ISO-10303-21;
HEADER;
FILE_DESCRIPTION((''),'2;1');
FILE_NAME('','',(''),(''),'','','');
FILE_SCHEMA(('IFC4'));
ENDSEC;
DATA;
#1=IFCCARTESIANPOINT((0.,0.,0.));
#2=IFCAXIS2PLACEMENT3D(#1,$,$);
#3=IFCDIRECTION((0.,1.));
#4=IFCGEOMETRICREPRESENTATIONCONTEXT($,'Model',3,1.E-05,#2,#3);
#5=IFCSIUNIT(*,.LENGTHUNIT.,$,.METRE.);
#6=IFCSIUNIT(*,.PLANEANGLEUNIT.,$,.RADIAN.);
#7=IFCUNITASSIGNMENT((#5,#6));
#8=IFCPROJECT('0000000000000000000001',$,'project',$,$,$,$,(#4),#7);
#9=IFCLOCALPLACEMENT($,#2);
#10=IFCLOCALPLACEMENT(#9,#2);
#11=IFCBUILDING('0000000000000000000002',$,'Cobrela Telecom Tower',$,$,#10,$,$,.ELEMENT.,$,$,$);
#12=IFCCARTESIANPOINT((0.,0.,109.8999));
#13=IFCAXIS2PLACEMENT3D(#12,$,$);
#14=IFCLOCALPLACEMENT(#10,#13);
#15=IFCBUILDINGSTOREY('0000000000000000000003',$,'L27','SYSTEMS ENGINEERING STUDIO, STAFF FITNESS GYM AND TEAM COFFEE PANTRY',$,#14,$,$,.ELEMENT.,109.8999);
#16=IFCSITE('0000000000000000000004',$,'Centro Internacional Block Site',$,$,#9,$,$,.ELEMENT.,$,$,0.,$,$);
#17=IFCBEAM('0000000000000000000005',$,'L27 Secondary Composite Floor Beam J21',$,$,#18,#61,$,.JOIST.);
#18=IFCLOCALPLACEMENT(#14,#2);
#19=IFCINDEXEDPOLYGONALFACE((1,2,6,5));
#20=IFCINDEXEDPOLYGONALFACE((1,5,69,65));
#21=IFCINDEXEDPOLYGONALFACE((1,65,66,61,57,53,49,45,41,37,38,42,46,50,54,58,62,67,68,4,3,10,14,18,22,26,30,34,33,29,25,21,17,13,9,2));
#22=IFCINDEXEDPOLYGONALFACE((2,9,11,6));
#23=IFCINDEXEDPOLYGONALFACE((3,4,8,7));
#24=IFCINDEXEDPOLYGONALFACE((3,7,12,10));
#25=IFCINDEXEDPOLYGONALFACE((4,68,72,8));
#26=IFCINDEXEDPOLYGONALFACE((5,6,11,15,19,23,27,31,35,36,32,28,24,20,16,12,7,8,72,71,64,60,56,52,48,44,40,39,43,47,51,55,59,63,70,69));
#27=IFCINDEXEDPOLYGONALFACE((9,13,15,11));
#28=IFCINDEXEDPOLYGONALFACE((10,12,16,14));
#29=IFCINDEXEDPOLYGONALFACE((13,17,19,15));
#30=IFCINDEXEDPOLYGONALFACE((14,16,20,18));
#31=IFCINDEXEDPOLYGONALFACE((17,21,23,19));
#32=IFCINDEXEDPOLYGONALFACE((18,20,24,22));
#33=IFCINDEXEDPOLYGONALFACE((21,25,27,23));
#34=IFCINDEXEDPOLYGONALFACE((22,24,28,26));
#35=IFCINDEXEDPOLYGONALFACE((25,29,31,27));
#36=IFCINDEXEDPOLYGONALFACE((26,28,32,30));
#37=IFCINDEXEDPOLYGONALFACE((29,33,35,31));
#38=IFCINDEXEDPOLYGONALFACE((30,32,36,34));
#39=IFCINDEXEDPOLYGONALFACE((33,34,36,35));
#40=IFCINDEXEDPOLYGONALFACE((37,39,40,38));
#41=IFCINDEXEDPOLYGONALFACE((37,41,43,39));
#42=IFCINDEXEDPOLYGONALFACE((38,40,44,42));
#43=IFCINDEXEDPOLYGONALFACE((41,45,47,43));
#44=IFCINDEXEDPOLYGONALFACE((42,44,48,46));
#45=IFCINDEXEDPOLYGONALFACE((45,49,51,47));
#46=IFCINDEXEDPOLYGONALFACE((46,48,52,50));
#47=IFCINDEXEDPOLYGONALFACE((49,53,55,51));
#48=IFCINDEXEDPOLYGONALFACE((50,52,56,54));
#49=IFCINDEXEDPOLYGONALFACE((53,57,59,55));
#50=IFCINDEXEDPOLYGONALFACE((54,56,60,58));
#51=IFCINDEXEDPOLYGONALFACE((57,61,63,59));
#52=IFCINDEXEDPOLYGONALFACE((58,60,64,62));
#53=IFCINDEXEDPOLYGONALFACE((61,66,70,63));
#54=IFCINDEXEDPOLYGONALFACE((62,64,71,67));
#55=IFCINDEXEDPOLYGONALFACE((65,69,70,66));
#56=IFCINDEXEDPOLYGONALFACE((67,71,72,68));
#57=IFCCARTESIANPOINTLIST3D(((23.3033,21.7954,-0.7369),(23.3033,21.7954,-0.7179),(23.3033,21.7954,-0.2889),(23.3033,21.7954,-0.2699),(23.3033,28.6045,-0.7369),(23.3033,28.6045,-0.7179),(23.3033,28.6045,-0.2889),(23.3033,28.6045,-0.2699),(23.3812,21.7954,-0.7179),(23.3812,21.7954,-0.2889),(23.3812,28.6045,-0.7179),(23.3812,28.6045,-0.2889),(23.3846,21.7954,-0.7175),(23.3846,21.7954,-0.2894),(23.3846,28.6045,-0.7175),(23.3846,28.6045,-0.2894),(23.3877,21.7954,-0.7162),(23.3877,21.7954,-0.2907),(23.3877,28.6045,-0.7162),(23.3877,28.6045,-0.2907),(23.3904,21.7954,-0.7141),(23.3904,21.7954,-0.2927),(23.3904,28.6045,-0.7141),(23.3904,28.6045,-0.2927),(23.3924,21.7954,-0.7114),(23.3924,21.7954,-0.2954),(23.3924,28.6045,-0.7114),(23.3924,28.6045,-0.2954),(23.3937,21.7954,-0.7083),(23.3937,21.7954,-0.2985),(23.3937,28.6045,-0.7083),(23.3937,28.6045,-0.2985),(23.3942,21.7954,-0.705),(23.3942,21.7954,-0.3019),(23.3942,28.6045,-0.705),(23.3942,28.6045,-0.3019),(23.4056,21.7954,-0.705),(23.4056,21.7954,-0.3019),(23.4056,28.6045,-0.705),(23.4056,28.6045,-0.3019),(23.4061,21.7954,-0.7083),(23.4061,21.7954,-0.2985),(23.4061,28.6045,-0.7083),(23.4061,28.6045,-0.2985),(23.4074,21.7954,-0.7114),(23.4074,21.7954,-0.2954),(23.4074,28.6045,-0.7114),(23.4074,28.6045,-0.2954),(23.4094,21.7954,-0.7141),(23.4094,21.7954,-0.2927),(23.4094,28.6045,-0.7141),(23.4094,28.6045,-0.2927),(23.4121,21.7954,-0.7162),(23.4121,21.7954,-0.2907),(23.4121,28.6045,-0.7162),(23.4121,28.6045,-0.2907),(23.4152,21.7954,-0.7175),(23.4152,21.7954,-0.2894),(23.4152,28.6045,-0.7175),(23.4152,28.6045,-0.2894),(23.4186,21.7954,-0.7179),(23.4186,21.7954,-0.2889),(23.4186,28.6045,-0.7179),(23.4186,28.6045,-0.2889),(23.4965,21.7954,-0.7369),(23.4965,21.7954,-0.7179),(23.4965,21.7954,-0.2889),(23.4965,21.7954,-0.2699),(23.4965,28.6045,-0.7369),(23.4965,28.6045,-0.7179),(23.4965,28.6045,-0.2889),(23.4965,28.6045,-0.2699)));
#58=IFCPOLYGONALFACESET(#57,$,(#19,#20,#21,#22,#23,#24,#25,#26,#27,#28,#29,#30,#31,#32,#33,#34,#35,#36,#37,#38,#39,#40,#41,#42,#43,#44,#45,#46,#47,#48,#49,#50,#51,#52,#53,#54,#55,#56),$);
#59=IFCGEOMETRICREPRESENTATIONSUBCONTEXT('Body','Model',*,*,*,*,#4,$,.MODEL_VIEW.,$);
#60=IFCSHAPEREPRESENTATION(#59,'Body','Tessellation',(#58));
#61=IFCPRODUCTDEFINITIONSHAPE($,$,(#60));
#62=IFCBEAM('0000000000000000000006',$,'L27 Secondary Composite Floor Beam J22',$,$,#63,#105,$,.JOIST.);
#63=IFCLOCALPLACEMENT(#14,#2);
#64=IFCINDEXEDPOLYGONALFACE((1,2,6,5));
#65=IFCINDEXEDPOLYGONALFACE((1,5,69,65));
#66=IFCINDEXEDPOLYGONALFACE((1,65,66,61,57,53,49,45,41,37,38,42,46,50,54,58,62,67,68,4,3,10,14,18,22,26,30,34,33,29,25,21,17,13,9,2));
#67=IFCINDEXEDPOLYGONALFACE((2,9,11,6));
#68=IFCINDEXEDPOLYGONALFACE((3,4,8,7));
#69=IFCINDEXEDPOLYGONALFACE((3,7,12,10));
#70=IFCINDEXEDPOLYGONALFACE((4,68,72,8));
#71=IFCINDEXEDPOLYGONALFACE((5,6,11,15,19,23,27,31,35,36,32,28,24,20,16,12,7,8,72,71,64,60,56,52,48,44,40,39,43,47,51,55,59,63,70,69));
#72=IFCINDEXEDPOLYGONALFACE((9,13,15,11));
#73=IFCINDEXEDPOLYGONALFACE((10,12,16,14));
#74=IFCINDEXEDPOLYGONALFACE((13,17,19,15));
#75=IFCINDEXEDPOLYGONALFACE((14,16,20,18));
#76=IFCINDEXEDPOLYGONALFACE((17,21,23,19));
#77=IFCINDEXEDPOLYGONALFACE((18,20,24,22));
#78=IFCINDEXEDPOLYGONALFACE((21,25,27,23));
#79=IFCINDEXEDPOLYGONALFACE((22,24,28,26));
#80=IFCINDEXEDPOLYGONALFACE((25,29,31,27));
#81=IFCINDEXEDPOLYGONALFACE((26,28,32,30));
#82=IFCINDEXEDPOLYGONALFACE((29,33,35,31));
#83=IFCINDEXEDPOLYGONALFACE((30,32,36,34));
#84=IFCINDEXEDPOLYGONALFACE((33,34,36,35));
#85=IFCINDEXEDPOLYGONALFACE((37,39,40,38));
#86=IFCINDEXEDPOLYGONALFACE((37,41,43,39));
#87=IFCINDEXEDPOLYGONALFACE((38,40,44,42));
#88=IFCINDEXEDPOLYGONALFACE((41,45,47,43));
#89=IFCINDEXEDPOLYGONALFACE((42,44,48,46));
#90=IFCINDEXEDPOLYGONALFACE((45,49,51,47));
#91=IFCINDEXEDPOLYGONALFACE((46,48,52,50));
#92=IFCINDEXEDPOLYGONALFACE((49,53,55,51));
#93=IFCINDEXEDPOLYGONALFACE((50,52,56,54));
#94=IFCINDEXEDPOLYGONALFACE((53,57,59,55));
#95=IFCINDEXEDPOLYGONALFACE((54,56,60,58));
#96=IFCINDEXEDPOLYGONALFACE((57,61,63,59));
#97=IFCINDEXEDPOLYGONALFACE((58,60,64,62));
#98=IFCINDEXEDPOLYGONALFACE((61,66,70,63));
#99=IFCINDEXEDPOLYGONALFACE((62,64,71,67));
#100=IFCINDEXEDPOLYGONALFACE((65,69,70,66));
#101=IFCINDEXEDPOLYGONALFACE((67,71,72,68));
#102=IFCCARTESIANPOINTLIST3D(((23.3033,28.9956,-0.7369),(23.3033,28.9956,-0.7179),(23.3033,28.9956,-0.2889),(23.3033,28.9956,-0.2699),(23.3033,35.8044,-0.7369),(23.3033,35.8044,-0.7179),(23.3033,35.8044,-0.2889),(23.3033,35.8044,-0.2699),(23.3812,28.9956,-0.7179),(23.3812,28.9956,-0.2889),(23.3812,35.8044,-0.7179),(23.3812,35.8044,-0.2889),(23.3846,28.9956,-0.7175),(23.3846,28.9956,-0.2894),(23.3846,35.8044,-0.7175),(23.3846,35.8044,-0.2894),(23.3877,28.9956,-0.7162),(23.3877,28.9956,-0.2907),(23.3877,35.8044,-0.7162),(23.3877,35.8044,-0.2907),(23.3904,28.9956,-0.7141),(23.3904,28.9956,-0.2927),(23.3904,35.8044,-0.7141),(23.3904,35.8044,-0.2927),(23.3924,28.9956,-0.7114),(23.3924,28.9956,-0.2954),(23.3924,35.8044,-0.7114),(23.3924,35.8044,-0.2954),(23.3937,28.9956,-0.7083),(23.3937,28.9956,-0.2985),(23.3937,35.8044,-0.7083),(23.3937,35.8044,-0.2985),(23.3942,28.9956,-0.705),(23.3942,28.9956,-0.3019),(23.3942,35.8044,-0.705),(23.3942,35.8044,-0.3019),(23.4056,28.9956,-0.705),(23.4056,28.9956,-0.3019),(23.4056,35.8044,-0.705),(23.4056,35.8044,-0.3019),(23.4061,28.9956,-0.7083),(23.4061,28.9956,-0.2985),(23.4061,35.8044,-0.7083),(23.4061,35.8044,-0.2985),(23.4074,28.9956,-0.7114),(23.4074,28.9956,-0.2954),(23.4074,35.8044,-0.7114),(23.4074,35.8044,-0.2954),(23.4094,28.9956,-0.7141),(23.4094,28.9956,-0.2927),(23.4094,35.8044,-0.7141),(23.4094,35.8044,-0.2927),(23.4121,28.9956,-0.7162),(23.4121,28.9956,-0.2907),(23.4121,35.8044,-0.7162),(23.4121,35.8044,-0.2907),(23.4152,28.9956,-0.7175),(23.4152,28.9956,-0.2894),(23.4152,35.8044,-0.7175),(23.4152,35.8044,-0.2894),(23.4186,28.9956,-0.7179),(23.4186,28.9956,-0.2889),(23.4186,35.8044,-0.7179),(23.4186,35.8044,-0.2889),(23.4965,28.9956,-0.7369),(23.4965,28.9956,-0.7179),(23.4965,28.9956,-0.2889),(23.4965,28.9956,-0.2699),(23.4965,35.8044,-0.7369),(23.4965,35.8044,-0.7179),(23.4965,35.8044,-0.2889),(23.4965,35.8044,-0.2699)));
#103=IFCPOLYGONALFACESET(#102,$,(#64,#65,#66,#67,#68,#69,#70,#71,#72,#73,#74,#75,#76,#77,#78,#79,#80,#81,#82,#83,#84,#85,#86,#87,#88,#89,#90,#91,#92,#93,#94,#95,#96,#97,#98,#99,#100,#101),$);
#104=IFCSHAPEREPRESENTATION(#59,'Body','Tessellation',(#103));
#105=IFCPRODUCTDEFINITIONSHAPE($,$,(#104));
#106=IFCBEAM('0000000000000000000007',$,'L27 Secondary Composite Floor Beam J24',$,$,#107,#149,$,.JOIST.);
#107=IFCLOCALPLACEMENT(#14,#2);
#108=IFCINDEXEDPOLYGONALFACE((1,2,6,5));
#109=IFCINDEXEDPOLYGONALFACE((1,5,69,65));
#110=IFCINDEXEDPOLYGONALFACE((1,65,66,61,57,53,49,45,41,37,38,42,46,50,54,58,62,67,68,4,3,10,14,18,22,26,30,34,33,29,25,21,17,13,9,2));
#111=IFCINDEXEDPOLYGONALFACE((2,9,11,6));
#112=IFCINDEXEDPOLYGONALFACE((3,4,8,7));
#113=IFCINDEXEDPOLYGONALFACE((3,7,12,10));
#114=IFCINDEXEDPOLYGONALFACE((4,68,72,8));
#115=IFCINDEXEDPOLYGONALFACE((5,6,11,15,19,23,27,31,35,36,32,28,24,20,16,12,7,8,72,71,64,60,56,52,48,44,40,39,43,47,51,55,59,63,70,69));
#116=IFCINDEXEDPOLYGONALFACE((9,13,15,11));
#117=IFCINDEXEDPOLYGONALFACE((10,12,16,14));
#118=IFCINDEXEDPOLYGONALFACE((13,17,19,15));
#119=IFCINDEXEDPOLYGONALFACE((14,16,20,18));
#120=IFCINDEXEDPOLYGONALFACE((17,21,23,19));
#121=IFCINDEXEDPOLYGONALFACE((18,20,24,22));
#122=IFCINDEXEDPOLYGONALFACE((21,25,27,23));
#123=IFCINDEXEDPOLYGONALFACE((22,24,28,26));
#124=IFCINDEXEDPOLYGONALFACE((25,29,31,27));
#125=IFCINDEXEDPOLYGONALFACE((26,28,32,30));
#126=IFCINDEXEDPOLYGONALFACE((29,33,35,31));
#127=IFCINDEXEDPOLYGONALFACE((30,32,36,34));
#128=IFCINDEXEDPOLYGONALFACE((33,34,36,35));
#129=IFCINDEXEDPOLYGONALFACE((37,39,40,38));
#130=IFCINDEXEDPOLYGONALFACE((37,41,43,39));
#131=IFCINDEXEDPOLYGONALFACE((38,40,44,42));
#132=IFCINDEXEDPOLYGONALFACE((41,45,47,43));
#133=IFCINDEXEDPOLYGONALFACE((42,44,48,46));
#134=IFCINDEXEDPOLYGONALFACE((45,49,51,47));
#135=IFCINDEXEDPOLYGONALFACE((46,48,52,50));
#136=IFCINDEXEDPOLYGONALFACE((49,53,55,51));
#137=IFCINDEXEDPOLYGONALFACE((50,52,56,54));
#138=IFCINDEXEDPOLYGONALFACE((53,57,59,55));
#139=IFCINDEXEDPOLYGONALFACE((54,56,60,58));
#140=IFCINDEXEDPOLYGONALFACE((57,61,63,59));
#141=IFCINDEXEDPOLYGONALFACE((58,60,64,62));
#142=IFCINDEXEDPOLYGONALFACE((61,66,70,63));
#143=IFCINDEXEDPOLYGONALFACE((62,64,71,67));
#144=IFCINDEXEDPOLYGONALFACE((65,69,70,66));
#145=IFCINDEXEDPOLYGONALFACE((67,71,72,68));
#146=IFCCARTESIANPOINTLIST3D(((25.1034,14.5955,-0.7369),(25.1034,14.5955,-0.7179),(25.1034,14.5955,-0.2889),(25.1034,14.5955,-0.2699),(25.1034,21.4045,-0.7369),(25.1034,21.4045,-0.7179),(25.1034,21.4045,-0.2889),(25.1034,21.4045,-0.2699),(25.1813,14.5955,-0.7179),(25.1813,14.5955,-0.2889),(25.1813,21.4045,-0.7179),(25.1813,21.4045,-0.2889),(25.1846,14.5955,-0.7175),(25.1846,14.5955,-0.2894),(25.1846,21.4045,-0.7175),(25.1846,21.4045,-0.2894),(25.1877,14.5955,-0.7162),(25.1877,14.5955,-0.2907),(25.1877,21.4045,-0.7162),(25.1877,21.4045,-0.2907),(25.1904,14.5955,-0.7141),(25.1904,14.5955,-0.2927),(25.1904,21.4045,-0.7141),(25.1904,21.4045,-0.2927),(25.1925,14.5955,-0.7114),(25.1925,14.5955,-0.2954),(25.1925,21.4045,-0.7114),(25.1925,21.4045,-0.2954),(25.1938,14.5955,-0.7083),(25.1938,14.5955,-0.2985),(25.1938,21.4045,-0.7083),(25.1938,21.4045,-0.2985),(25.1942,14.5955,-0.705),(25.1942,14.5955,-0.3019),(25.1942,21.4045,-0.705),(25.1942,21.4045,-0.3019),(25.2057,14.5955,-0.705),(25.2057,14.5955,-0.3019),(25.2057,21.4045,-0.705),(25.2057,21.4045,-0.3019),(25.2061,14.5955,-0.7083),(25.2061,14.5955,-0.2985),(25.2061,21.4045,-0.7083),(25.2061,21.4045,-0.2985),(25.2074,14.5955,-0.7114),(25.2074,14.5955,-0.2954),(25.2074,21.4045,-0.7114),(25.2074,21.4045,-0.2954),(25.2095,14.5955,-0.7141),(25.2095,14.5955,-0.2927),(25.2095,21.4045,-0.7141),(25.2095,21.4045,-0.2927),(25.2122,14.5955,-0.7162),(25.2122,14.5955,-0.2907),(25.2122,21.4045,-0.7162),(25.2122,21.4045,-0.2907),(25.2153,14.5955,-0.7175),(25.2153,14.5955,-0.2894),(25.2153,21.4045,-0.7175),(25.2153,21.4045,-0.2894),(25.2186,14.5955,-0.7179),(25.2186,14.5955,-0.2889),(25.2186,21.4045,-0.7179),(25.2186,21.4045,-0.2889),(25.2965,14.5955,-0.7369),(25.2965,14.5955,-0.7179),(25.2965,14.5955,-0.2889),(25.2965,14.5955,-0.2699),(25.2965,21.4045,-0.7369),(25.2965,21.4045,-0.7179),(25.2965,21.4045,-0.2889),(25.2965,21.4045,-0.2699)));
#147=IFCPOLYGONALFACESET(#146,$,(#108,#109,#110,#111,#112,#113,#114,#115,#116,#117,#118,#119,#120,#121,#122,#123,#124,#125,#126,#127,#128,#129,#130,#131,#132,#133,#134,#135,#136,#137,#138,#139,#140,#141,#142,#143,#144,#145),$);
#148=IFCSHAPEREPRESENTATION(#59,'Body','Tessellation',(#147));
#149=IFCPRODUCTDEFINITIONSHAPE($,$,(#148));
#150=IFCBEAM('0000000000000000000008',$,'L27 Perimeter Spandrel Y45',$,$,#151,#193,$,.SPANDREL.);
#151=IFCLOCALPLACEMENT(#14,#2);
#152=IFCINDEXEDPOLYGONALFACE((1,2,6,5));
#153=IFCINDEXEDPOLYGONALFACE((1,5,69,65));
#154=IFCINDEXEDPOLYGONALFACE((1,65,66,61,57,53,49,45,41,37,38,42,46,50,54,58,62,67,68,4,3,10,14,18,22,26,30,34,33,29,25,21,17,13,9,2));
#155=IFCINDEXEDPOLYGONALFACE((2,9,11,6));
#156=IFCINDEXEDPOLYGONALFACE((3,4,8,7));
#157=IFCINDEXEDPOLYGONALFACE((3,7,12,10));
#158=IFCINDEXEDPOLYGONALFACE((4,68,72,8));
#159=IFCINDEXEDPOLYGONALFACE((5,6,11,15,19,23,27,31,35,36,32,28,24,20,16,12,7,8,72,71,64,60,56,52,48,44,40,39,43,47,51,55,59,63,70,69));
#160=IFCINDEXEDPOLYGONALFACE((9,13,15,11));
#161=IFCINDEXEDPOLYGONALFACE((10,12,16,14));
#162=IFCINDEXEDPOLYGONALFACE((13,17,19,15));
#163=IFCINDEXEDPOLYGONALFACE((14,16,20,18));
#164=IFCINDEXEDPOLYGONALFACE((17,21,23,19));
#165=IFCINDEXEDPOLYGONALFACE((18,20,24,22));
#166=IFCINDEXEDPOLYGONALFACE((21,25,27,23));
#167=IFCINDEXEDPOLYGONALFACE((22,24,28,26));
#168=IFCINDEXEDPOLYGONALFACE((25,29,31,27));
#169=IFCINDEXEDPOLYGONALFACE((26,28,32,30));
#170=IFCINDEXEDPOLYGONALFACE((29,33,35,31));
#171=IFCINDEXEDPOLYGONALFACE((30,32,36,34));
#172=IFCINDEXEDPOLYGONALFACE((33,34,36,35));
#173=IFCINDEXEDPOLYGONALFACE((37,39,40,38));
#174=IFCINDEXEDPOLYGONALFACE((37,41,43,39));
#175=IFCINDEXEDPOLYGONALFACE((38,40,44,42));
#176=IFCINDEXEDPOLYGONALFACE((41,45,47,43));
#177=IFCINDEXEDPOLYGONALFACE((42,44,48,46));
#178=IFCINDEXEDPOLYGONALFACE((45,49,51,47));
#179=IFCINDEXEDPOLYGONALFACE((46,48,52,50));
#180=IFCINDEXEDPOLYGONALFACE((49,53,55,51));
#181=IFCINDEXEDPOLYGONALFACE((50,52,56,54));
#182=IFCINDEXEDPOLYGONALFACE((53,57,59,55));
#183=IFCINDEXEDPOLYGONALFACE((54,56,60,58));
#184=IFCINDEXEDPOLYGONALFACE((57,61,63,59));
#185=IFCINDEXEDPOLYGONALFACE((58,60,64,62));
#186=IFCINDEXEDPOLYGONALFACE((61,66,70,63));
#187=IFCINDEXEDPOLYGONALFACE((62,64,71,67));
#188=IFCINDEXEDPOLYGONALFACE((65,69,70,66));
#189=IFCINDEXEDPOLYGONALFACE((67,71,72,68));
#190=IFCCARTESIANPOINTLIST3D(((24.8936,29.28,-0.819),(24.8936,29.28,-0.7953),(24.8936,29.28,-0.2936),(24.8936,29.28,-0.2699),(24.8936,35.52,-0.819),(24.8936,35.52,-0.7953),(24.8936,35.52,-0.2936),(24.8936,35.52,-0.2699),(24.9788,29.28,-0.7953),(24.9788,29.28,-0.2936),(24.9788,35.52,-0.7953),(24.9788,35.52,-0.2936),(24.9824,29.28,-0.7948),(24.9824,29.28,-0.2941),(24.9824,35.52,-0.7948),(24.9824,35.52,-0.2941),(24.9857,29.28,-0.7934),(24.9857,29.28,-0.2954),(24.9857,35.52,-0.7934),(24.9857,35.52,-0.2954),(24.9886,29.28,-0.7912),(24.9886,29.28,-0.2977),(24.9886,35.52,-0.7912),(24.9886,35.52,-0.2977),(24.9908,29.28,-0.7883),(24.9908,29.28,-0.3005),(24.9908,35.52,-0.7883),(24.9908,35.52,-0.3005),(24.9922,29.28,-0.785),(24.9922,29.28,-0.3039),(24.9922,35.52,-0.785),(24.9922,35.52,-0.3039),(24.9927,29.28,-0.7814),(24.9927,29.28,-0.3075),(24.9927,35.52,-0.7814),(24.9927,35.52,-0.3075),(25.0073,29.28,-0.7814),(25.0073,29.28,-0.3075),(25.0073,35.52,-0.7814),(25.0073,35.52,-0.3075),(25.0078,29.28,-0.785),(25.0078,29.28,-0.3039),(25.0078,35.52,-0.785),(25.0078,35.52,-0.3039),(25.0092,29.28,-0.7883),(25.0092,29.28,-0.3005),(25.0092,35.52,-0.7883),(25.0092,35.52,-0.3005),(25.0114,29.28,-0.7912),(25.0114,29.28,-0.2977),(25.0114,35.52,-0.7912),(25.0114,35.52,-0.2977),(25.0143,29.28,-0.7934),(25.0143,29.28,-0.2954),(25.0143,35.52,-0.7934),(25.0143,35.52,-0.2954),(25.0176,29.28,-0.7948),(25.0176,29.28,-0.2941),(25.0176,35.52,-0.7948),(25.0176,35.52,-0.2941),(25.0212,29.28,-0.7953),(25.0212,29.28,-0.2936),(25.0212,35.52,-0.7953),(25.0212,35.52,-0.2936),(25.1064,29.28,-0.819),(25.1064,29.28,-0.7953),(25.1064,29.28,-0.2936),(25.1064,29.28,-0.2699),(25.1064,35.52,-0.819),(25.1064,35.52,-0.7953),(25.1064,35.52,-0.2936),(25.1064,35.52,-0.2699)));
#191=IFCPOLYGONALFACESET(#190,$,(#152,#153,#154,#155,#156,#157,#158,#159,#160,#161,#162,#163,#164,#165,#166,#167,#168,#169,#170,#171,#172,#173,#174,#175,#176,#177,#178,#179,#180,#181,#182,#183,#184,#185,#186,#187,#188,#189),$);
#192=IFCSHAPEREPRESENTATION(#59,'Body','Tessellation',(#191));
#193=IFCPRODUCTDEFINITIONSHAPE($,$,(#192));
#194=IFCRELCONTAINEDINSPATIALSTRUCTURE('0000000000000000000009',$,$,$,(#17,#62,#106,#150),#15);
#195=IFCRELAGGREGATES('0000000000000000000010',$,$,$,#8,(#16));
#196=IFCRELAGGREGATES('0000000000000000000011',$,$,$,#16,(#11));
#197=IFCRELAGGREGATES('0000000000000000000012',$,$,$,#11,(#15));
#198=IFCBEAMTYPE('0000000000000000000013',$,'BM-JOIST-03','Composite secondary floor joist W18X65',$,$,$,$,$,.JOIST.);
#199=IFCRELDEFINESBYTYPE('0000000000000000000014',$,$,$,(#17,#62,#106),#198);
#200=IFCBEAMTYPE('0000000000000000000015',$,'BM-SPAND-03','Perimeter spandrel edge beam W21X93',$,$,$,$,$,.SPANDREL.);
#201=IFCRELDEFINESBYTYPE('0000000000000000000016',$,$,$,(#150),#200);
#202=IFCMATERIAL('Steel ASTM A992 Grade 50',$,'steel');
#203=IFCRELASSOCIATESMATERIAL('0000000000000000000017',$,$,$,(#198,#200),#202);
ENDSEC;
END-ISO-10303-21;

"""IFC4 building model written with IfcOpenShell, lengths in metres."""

from ifc_helpers import new_model, si_unit, direction, frame, origin, origin_2d, place, context, subcontext, project, spatial, i_section, extrude, material, material_profile, profile_set, type_object, element, save


model = new_model("IFC4")

# Units and contexts
model_context = context("Model", 3, precision=1e-05, world=origin(), true_north=direction((0.0, 1.0)))
body_context = subcontext(model_context, "Body", "Model", "MODEL_VIEW")
ifc_project = project(units=[si_unit("LENGTHUNIT", "METRE"), si_unit("PLANEANGLEUNIT", "RADIAN")], contexts=[model_context])

# Site, building, storey
site_placement = place(None, origin())
site = spatial("IfcSite", under=ifc_project, at=site_placement, Name="Centro Internacional Block Site", CompositionType="ELEMENT", RefElevation=0.0)
building_placement = place(site_placement, origin())
building = spatial("IfcBuilding", under=site, at=building_placement, Name="Cobrela Telecom Tower", CompositionType="ELEMENT")
storey_placement = place(building_placement, frame((0.0, 0.0, 109.8999)))
storey = spatial("IfcBuildingStorey", under=building, at=storey_placement, Name="L27", Description="SYSTEMS ENGINEERING STUDIO, STAFF FITNESS GYM AND TEAM COFFEE PANTRY", CompositionType="ELEMENT", Elevation=109.8999)

# Shared definitions
ifc_material_1 = material(Name="Steel ASTM A992 Grade 50", Category="steel")

# Beams
ifc_material_profile_1 = material_profile(ifc_material_1, i_section(OverallWidth=0.1931, OverallDepth=0.467, WebThickness=0.0115, FlangeThickness=0.019, FilletRadius=0.0129, at=origin_2d()), Name="W18X65")
ifc_profile_set_1 = profile_set([ifc_material_profile_1], Name="Steel ASTM A992 Grade 50")
beam_type_1 = type_object("IfcBeamType", Name="BM-JOIST-03", Description="Composite secondary floor joist W18X65", PredefinedType="JOIST", material=ifc_profile_set_1)
beam_1_placement = place(storey_placement, frame((23.3999, 21.7954, -0.5034), z_axis=(0.0, 1.0, 0.0), x_axis=(-1.0, 0.0, 0.0)))
element("IfcBeam", 1, at=beam_1_placement, inside=storey, type_object=beam_type_1, Name="L27 Secondary Composite Floor Beam J21", PredefinedType="JOIST", context=body_context, shape_type="SweptSolid", body=[
    extrude(i_section(OverallWidth=0.1931, OverallDepth=0.467, WebThickness=0.0115, FlangeThickness=0.019, FilletRadius=0.0129, at=origin_2d()), origin(), (0.0, 0.0, 1.0), 6.8091),
])
beam_2_placement = place(storey_placement, frame((23.3999, 28.9956, -0.5034), z_axis=(0.0, 1.0, 0.0), x_axis=(-1.0, 0.0, 0.0)))
element("IfcBeam", 2, at=beam_2_placement, inside=storey, type_object=beam_type_1, Name="L27 Secondary Composite Floor Beam J22", PredefinedType="JOIST", context=body_context, shape_type="SweptSolid", body=[
    extrude(i_section(OverallWidth=0.1931, OverallDepth=0.467, WebThickness=0.0115, FlangeThickness=0.019, FilletRadius=0.0129, at=origin_2d()), origin(), (0.0, 0.0, 1.0), 6.8088),
])
beam_3_placement = place(storey_placement, frame((25.2, 14.5955, -0.5034), z_axis=(0.0, 1.0, 0.0), x_axis=(-1.0, 0.0, 0.0)))
element("IfcBeam", 3, at=beam_3_placement, inside=storey, type_object=beam_type_1, Name="L27 Secondary Composite Floor Beam J24", PredefinedType="JOIST", context=body_context, shape_type="SweptSolid", body=[
    extrude(i_section(OverallWidth=0.1931, OverallDepth=0.467, WebThickness=0.0115, FlangeThickness=0.019, FilletRadius=0.0129, at=origin_2d()), origin(), (0.0, 0.0, 1.0), 6.8091),
])
ifc_material_profile_2 = material_profile(ifc_material_1, i_section(OverallWidth=0.2129, OverallDepth=0.5491, WebThickness=0.0146, FlangeThickness=0.0237, FilletRadius=0.0139, at=origin_2d()), Name="W21X93")
ifc_profile_set_2 = profile_set([ifc_material_profile_2], Name="Steel ASTM A992 Grade 50")
beam_type_2 = type_object("IfcBeamType", Name="BM-SPAND-03", Description="Perimeter spandrel edge beam W21X93", PredefinedType="SPANDREL", material=ifc_profile_set_2)
beam_4_placement = place(storey_placement, frame((25.0, 29.28, -0.5444), z_axis=(0.0, 1.0, 0.0), x_axis=(-1.0, 0.0, 0.0)))
element("IfcBeam", 4, at=beam_4_placement, inside=storey, type_object=beam_type_2, Name="L27 Perimeter Spandrel Y45", PredefinedType="SPANDREL", context=body_context, shape_type="SweptSolid", body=[
    extrude(i_section(OverallWidth=0.2129, OverallDepth=0.5491, WebThickness=0.0146, FlangeThickness=0.0237, FilletRadius=0.0139, at=origin_2d()), origin(), (0.0, 0.0, 1.0), 6.24),
])

save(model, "model.ifc")
